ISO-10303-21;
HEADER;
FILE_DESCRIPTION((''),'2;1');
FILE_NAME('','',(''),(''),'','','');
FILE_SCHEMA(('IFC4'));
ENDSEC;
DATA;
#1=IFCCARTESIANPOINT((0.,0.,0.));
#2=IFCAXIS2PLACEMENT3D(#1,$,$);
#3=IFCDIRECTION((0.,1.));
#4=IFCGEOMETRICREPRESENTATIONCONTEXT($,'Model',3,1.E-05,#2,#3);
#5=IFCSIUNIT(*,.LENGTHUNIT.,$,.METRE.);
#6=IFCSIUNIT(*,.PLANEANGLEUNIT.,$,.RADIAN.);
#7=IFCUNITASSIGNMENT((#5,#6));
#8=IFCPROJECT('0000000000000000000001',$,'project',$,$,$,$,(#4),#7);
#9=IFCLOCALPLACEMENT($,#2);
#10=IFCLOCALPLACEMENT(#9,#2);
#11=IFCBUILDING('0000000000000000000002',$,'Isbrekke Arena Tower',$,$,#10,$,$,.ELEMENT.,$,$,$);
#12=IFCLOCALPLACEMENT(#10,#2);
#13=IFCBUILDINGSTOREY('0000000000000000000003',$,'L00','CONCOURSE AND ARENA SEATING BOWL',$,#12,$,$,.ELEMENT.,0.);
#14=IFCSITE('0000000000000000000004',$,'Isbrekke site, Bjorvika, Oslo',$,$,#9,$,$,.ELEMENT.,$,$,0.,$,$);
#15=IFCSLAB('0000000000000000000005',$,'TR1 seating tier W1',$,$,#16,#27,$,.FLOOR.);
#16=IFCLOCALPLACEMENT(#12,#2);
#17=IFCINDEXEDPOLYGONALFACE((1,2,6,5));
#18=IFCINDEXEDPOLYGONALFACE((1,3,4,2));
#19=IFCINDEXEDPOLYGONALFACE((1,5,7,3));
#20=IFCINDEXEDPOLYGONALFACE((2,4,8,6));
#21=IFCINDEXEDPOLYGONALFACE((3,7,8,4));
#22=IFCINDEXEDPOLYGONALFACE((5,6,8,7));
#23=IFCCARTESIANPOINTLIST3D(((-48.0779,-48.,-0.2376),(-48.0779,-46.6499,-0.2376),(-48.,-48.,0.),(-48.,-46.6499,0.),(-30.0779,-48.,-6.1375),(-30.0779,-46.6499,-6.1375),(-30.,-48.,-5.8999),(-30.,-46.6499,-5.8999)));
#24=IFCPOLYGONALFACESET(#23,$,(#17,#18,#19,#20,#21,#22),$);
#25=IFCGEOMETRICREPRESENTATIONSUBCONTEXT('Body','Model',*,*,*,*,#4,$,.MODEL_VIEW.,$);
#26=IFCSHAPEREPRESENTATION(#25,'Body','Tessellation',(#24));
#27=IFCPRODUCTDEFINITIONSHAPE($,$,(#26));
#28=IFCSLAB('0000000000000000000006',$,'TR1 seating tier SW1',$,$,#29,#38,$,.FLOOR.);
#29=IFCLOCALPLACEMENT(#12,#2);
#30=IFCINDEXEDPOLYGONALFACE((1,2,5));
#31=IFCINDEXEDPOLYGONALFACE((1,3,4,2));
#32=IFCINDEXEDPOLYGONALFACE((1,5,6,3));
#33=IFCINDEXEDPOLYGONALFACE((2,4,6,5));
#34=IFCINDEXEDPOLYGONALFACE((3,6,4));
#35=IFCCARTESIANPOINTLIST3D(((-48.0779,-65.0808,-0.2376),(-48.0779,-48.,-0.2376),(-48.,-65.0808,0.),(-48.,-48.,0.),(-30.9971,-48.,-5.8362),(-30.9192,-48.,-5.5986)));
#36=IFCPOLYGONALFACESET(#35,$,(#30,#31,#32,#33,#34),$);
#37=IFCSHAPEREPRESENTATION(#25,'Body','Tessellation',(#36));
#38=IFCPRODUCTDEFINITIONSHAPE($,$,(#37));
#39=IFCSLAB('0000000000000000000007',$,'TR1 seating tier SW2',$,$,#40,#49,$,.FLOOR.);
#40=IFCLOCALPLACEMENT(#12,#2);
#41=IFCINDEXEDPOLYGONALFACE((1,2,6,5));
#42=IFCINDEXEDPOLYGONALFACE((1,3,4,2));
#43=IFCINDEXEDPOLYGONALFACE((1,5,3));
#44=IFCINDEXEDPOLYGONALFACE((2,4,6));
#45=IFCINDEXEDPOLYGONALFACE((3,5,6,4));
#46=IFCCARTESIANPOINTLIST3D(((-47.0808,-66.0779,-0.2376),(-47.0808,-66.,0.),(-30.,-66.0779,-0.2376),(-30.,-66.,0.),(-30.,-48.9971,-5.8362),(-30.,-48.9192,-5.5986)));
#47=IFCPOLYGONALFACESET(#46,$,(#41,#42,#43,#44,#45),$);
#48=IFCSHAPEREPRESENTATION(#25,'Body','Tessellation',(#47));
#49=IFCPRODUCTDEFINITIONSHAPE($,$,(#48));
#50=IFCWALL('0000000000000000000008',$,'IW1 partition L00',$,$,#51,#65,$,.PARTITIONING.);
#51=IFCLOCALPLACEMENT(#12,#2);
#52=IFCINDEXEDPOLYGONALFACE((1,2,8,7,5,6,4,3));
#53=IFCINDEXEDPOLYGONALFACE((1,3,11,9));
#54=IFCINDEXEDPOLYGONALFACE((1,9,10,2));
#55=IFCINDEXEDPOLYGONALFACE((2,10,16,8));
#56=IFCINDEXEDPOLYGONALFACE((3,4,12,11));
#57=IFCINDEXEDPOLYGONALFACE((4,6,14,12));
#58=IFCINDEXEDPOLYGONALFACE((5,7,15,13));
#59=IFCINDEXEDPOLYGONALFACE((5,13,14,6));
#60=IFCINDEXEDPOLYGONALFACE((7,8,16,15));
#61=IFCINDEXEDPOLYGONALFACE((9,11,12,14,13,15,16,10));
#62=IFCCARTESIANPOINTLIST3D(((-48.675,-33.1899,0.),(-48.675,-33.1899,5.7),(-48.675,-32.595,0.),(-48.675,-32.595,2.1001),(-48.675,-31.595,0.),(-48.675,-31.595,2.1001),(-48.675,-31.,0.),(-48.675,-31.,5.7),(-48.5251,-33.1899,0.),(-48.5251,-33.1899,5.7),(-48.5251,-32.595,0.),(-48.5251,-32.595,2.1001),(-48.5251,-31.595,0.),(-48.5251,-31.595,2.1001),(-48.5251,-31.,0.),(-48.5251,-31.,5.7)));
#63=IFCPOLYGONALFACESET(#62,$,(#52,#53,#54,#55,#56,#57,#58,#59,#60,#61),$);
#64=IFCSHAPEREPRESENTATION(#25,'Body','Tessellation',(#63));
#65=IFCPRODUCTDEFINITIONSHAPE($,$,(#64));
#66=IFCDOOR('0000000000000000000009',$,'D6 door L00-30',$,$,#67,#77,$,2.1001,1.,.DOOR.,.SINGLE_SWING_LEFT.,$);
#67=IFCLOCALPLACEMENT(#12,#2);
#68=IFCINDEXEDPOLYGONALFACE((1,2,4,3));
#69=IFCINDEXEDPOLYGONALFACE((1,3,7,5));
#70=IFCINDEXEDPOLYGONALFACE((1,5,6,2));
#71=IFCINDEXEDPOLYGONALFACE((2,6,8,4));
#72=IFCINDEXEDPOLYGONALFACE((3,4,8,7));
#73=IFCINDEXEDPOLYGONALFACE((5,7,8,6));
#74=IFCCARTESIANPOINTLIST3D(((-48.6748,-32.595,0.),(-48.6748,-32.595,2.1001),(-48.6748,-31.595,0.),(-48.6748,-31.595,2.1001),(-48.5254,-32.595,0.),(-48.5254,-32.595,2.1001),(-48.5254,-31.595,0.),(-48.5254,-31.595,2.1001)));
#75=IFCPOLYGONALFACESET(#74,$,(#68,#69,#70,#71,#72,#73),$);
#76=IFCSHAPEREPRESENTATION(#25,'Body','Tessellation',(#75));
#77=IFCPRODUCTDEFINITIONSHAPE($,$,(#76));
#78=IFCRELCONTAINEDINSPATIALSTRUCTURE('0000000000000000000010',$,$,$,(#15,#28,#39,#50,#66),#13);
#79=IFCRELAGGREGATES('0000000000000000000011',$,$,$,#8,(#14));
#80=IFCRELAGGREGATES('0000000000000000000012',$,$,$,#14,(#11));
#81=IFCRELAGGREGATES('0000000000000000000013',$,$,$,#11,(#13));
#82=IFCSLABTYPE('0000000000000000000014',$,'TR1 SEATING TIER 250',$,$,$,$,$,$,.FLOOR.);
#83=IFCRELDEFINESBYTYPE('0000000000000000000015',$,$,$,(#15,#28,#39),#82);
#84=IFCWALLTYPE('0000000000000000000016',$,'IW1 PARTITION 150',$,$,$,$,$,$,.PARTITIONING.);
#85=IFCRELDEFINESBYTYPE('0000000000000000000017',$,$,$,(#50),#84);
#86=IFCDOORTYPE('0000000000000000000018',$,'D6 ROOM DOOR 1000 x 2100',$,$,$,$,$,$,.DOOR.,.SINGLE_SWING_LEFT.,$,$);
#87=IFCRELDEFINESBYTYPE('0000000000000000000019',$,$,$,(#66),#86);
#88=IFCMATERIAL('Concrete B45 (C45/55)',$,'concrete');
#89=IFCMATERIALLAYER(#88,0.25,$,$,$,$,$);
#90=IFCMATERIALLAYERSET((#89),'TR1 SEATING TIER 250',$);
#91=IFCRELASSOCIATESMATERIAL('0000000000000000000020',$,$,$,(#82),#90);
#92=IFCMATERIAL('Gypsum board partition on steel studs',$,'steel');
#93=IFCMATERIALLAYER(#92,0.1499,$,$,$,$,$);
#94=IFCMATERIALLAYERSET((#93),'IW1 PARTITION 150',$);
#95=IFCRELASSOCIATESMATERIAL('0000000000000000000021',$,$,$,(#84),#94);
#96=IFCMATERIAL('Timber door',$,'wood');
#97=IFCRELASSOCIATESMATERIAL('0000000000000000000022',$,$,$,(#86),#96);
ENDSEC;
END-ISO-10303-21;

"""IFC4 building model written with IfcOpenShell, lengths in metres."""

from ifc_helpers import new_model, si_unit, direction, frame, frame_2d, origin, place, context, subcontext, project, spatial, polyline, rectangle, outline, extrude, material, layer, layer_set, type_object, element, fill, save


model = new_model("IFC4")

# Units and contexts
model_context = context("Model", 3, precision=1e-05, world=origin(), true_north=direction((0.0, 1.0)))
body_context = subcontext(model_context, "Body", "Model", "MODEL_VIEW")
ifc_project = project(units=[si_unit("LENGTHUNIT", "METRE"), si_unit("PLANEANGLEUNIT", "RADIAN")], contexts=[model_context])

# Site, building, storey
site_placement = place(None, origin())
site = spatial("IfcSite", under=ifc_project, at=site_placement, Name="Isbrekke site, Bjorvika, Oslo", CompositionType="ELEMENT", RefElevation=0.0)
building_placement = place(site_placement, origin())
building = spatial("IfcBuilding", under=site, at=building_placement, Name="Isbrekke Arena Tower", CompositionType="ELEMENT")
storey_placement = place(building_placement, origin())
storey = spatial("IfcBuildingStorey", under=building, at=storey_placement, Name="L00", Description="CONCOURSE AND ARENA SEATING BOWL", CompositionType="ELEMENT", Elevation=0.0)

# Slabs
ifc_material_1 = material(Name="Concrete B45 (C45/55)", Category="concrete")
ifc_layer_1 = layer(ifc_material_1, 0.25)
ifc_layer_set_1 = layer_set([ifc_layer_1], Name="TR1 SEATING TIER 250")
slab_type = type_object("IfcSlabType", Name="TR1 SEATING TIER 250", PredefinedType="FLOOR", material=ifc_layer_set_1)
slab_1_placement = place(storey_placement, frame((-30.0, -46.6499, -5.8999), z_axis=(0.311468, 0.0, 0.950257), x_axis=(-0.950257, 0.0, 0.311468)))
element("IfcSlab", 1, at=slab_1_placement, inside=storey, type_object=slab_type, Name="TR1 seating tier W1", PredefinedType="FLOOR", context=body_context, shape_type="SweptSolid", body=[
    extrude(outline(polyline([(0.0, 0.0), (18.9423, 0.0), (18.9423, 1.3501), (0.0, 1.3501), (0.0, 0.0)])), origin(), (0.0, 0.0, -1.0), 0.25),
])
slab_2_placement = place(storey_placement, frame((-30.9192, -48.0, -5.5986), z_axis=(0.311469, 0.0, 0.950256), x_axis=(-0.950256, 0.0, 0.311469)))
element("IfcSlab", 2, at=slab_2_placement, inside=storey, type_object=slab_type, Name="TR1 seating tier SW1", PredefinedType="FLOOR", context=body_context, shape_type="SweptSolid", body=[
    extrude(outline(polyline([(0.0, 0.0), (17.9749, 0.0), (17.9749, 17.0808), (0.0, 0.0)])), origin(), (0.0, 0.0, -1.0), 0.25),
])
slab_3_placement = place(storey_placement, frame((-30.0, -48.9192, -5.5986), z_axis=(0.0, 0.311469, 0.950256), x_axis=(-0.688847, -0.688847, 0.225786)))
element("IfcSlab", 3, at=slab_3_placement, inside=storey, type_object=slab_type, Name="TR1 seating tier SW2", PredefinedType="FLOOR", context=body_context, shape_type="SweptSolid", body=[
    extrude(outline(polyline([(0.0, 0.0), (24.7962, 0.0), (13.0302, 12.382), (0.0, 0.0)])), origin(), (0.0, 0.0, -1.0), 0.25),
])

# Wall, opening, door
ifc_material_2 = material(Name="Gypsum board partition on steel studs", Category="steel")
ifc_layer_2 = layer(ifc_material_2, 0.1499)
ifc_layer_set_2 = layer_set([ifc_layer_2], Name="IW1 PARTITION 150")
wall_type = type_object("IfcWallType", Name="IW1 PARTITION 150", PredefinedType="PARTITIONING", material=ifc_layer_set_2)
wall_placement = place(storey_placement, frame((-48.6001, -33.1899, 0.0), z_axis=(0.0, 0.0, 1.0), x_axis=(0.0, 1.0, 0.0)))
wall = element("IfcWall", 4, at=wall_placement, inside=storey, type_object=wall_type, Name="IW1 partition L00", PredefinedType="PARTITIONING", context=body_context, shape_type="SweptSolid", body=[
    extrude(rectangle(XDim=2.1899, YDim=0.1499, at=frame_2d((1.095, 0.0))), origin(), (0.0, 0.0, 1.0), 5.7),
])
opening_placement = place(wall_placement, frame((0.595, 0.0, 0.0)))
opening = element("IfcOpeningElement", 5, at=opening_placement, cuts=wall, PredefinedType="OPENING", context=body_context, shape_type="SweptSolid", body=[
    extrude(rectangle(XDim=1.0, YDim=2.1001, at=frame_2d((0.5, 1.05))), frame((0.0, 0.0898, 0.0), z_axis=(0.0, -1.0, 0.0), x_axis=(1.0, 0.0, 0.0)), (0.0, 0.0, 1.0), 0.1797),
])
ifc_material_3 = material(Name="Timber door", Category="wood")
door_type = type_object("IfcDoorType", Name="D6 ROOM DOOR 1000 x 2100", OperationType="SINGLE_SWING_LEFT", PredefinedType="DOOR", material=ifc_material_3)
door_placement = place(opening_placement, origin())
door = element("IfcDoor", 6, at=door_placement, inside=storey, type_object=door_type, Name="D6 door L00-30", OperationType="SINGLE_SWING_LEFT", OverallHeight=2.1001, OverallWidth=1.0, PredefinedType="DOOR", context=body_context, shape_type="SweptSolid", body=[
    extrude(rectangle(XDim=1.0, YDim=2.1001, at=frame_2d((0.5, 1.05))), frame((0.0, 0.0747, 0.0), z_axis=(0.0, -1.0, 0.0), x_axis=(1.0, 0.0, 0.0)), (0.0, 0.0, 1.0), 0.1494),
])
fill(opening, door)

save(model, "model.ifc")
